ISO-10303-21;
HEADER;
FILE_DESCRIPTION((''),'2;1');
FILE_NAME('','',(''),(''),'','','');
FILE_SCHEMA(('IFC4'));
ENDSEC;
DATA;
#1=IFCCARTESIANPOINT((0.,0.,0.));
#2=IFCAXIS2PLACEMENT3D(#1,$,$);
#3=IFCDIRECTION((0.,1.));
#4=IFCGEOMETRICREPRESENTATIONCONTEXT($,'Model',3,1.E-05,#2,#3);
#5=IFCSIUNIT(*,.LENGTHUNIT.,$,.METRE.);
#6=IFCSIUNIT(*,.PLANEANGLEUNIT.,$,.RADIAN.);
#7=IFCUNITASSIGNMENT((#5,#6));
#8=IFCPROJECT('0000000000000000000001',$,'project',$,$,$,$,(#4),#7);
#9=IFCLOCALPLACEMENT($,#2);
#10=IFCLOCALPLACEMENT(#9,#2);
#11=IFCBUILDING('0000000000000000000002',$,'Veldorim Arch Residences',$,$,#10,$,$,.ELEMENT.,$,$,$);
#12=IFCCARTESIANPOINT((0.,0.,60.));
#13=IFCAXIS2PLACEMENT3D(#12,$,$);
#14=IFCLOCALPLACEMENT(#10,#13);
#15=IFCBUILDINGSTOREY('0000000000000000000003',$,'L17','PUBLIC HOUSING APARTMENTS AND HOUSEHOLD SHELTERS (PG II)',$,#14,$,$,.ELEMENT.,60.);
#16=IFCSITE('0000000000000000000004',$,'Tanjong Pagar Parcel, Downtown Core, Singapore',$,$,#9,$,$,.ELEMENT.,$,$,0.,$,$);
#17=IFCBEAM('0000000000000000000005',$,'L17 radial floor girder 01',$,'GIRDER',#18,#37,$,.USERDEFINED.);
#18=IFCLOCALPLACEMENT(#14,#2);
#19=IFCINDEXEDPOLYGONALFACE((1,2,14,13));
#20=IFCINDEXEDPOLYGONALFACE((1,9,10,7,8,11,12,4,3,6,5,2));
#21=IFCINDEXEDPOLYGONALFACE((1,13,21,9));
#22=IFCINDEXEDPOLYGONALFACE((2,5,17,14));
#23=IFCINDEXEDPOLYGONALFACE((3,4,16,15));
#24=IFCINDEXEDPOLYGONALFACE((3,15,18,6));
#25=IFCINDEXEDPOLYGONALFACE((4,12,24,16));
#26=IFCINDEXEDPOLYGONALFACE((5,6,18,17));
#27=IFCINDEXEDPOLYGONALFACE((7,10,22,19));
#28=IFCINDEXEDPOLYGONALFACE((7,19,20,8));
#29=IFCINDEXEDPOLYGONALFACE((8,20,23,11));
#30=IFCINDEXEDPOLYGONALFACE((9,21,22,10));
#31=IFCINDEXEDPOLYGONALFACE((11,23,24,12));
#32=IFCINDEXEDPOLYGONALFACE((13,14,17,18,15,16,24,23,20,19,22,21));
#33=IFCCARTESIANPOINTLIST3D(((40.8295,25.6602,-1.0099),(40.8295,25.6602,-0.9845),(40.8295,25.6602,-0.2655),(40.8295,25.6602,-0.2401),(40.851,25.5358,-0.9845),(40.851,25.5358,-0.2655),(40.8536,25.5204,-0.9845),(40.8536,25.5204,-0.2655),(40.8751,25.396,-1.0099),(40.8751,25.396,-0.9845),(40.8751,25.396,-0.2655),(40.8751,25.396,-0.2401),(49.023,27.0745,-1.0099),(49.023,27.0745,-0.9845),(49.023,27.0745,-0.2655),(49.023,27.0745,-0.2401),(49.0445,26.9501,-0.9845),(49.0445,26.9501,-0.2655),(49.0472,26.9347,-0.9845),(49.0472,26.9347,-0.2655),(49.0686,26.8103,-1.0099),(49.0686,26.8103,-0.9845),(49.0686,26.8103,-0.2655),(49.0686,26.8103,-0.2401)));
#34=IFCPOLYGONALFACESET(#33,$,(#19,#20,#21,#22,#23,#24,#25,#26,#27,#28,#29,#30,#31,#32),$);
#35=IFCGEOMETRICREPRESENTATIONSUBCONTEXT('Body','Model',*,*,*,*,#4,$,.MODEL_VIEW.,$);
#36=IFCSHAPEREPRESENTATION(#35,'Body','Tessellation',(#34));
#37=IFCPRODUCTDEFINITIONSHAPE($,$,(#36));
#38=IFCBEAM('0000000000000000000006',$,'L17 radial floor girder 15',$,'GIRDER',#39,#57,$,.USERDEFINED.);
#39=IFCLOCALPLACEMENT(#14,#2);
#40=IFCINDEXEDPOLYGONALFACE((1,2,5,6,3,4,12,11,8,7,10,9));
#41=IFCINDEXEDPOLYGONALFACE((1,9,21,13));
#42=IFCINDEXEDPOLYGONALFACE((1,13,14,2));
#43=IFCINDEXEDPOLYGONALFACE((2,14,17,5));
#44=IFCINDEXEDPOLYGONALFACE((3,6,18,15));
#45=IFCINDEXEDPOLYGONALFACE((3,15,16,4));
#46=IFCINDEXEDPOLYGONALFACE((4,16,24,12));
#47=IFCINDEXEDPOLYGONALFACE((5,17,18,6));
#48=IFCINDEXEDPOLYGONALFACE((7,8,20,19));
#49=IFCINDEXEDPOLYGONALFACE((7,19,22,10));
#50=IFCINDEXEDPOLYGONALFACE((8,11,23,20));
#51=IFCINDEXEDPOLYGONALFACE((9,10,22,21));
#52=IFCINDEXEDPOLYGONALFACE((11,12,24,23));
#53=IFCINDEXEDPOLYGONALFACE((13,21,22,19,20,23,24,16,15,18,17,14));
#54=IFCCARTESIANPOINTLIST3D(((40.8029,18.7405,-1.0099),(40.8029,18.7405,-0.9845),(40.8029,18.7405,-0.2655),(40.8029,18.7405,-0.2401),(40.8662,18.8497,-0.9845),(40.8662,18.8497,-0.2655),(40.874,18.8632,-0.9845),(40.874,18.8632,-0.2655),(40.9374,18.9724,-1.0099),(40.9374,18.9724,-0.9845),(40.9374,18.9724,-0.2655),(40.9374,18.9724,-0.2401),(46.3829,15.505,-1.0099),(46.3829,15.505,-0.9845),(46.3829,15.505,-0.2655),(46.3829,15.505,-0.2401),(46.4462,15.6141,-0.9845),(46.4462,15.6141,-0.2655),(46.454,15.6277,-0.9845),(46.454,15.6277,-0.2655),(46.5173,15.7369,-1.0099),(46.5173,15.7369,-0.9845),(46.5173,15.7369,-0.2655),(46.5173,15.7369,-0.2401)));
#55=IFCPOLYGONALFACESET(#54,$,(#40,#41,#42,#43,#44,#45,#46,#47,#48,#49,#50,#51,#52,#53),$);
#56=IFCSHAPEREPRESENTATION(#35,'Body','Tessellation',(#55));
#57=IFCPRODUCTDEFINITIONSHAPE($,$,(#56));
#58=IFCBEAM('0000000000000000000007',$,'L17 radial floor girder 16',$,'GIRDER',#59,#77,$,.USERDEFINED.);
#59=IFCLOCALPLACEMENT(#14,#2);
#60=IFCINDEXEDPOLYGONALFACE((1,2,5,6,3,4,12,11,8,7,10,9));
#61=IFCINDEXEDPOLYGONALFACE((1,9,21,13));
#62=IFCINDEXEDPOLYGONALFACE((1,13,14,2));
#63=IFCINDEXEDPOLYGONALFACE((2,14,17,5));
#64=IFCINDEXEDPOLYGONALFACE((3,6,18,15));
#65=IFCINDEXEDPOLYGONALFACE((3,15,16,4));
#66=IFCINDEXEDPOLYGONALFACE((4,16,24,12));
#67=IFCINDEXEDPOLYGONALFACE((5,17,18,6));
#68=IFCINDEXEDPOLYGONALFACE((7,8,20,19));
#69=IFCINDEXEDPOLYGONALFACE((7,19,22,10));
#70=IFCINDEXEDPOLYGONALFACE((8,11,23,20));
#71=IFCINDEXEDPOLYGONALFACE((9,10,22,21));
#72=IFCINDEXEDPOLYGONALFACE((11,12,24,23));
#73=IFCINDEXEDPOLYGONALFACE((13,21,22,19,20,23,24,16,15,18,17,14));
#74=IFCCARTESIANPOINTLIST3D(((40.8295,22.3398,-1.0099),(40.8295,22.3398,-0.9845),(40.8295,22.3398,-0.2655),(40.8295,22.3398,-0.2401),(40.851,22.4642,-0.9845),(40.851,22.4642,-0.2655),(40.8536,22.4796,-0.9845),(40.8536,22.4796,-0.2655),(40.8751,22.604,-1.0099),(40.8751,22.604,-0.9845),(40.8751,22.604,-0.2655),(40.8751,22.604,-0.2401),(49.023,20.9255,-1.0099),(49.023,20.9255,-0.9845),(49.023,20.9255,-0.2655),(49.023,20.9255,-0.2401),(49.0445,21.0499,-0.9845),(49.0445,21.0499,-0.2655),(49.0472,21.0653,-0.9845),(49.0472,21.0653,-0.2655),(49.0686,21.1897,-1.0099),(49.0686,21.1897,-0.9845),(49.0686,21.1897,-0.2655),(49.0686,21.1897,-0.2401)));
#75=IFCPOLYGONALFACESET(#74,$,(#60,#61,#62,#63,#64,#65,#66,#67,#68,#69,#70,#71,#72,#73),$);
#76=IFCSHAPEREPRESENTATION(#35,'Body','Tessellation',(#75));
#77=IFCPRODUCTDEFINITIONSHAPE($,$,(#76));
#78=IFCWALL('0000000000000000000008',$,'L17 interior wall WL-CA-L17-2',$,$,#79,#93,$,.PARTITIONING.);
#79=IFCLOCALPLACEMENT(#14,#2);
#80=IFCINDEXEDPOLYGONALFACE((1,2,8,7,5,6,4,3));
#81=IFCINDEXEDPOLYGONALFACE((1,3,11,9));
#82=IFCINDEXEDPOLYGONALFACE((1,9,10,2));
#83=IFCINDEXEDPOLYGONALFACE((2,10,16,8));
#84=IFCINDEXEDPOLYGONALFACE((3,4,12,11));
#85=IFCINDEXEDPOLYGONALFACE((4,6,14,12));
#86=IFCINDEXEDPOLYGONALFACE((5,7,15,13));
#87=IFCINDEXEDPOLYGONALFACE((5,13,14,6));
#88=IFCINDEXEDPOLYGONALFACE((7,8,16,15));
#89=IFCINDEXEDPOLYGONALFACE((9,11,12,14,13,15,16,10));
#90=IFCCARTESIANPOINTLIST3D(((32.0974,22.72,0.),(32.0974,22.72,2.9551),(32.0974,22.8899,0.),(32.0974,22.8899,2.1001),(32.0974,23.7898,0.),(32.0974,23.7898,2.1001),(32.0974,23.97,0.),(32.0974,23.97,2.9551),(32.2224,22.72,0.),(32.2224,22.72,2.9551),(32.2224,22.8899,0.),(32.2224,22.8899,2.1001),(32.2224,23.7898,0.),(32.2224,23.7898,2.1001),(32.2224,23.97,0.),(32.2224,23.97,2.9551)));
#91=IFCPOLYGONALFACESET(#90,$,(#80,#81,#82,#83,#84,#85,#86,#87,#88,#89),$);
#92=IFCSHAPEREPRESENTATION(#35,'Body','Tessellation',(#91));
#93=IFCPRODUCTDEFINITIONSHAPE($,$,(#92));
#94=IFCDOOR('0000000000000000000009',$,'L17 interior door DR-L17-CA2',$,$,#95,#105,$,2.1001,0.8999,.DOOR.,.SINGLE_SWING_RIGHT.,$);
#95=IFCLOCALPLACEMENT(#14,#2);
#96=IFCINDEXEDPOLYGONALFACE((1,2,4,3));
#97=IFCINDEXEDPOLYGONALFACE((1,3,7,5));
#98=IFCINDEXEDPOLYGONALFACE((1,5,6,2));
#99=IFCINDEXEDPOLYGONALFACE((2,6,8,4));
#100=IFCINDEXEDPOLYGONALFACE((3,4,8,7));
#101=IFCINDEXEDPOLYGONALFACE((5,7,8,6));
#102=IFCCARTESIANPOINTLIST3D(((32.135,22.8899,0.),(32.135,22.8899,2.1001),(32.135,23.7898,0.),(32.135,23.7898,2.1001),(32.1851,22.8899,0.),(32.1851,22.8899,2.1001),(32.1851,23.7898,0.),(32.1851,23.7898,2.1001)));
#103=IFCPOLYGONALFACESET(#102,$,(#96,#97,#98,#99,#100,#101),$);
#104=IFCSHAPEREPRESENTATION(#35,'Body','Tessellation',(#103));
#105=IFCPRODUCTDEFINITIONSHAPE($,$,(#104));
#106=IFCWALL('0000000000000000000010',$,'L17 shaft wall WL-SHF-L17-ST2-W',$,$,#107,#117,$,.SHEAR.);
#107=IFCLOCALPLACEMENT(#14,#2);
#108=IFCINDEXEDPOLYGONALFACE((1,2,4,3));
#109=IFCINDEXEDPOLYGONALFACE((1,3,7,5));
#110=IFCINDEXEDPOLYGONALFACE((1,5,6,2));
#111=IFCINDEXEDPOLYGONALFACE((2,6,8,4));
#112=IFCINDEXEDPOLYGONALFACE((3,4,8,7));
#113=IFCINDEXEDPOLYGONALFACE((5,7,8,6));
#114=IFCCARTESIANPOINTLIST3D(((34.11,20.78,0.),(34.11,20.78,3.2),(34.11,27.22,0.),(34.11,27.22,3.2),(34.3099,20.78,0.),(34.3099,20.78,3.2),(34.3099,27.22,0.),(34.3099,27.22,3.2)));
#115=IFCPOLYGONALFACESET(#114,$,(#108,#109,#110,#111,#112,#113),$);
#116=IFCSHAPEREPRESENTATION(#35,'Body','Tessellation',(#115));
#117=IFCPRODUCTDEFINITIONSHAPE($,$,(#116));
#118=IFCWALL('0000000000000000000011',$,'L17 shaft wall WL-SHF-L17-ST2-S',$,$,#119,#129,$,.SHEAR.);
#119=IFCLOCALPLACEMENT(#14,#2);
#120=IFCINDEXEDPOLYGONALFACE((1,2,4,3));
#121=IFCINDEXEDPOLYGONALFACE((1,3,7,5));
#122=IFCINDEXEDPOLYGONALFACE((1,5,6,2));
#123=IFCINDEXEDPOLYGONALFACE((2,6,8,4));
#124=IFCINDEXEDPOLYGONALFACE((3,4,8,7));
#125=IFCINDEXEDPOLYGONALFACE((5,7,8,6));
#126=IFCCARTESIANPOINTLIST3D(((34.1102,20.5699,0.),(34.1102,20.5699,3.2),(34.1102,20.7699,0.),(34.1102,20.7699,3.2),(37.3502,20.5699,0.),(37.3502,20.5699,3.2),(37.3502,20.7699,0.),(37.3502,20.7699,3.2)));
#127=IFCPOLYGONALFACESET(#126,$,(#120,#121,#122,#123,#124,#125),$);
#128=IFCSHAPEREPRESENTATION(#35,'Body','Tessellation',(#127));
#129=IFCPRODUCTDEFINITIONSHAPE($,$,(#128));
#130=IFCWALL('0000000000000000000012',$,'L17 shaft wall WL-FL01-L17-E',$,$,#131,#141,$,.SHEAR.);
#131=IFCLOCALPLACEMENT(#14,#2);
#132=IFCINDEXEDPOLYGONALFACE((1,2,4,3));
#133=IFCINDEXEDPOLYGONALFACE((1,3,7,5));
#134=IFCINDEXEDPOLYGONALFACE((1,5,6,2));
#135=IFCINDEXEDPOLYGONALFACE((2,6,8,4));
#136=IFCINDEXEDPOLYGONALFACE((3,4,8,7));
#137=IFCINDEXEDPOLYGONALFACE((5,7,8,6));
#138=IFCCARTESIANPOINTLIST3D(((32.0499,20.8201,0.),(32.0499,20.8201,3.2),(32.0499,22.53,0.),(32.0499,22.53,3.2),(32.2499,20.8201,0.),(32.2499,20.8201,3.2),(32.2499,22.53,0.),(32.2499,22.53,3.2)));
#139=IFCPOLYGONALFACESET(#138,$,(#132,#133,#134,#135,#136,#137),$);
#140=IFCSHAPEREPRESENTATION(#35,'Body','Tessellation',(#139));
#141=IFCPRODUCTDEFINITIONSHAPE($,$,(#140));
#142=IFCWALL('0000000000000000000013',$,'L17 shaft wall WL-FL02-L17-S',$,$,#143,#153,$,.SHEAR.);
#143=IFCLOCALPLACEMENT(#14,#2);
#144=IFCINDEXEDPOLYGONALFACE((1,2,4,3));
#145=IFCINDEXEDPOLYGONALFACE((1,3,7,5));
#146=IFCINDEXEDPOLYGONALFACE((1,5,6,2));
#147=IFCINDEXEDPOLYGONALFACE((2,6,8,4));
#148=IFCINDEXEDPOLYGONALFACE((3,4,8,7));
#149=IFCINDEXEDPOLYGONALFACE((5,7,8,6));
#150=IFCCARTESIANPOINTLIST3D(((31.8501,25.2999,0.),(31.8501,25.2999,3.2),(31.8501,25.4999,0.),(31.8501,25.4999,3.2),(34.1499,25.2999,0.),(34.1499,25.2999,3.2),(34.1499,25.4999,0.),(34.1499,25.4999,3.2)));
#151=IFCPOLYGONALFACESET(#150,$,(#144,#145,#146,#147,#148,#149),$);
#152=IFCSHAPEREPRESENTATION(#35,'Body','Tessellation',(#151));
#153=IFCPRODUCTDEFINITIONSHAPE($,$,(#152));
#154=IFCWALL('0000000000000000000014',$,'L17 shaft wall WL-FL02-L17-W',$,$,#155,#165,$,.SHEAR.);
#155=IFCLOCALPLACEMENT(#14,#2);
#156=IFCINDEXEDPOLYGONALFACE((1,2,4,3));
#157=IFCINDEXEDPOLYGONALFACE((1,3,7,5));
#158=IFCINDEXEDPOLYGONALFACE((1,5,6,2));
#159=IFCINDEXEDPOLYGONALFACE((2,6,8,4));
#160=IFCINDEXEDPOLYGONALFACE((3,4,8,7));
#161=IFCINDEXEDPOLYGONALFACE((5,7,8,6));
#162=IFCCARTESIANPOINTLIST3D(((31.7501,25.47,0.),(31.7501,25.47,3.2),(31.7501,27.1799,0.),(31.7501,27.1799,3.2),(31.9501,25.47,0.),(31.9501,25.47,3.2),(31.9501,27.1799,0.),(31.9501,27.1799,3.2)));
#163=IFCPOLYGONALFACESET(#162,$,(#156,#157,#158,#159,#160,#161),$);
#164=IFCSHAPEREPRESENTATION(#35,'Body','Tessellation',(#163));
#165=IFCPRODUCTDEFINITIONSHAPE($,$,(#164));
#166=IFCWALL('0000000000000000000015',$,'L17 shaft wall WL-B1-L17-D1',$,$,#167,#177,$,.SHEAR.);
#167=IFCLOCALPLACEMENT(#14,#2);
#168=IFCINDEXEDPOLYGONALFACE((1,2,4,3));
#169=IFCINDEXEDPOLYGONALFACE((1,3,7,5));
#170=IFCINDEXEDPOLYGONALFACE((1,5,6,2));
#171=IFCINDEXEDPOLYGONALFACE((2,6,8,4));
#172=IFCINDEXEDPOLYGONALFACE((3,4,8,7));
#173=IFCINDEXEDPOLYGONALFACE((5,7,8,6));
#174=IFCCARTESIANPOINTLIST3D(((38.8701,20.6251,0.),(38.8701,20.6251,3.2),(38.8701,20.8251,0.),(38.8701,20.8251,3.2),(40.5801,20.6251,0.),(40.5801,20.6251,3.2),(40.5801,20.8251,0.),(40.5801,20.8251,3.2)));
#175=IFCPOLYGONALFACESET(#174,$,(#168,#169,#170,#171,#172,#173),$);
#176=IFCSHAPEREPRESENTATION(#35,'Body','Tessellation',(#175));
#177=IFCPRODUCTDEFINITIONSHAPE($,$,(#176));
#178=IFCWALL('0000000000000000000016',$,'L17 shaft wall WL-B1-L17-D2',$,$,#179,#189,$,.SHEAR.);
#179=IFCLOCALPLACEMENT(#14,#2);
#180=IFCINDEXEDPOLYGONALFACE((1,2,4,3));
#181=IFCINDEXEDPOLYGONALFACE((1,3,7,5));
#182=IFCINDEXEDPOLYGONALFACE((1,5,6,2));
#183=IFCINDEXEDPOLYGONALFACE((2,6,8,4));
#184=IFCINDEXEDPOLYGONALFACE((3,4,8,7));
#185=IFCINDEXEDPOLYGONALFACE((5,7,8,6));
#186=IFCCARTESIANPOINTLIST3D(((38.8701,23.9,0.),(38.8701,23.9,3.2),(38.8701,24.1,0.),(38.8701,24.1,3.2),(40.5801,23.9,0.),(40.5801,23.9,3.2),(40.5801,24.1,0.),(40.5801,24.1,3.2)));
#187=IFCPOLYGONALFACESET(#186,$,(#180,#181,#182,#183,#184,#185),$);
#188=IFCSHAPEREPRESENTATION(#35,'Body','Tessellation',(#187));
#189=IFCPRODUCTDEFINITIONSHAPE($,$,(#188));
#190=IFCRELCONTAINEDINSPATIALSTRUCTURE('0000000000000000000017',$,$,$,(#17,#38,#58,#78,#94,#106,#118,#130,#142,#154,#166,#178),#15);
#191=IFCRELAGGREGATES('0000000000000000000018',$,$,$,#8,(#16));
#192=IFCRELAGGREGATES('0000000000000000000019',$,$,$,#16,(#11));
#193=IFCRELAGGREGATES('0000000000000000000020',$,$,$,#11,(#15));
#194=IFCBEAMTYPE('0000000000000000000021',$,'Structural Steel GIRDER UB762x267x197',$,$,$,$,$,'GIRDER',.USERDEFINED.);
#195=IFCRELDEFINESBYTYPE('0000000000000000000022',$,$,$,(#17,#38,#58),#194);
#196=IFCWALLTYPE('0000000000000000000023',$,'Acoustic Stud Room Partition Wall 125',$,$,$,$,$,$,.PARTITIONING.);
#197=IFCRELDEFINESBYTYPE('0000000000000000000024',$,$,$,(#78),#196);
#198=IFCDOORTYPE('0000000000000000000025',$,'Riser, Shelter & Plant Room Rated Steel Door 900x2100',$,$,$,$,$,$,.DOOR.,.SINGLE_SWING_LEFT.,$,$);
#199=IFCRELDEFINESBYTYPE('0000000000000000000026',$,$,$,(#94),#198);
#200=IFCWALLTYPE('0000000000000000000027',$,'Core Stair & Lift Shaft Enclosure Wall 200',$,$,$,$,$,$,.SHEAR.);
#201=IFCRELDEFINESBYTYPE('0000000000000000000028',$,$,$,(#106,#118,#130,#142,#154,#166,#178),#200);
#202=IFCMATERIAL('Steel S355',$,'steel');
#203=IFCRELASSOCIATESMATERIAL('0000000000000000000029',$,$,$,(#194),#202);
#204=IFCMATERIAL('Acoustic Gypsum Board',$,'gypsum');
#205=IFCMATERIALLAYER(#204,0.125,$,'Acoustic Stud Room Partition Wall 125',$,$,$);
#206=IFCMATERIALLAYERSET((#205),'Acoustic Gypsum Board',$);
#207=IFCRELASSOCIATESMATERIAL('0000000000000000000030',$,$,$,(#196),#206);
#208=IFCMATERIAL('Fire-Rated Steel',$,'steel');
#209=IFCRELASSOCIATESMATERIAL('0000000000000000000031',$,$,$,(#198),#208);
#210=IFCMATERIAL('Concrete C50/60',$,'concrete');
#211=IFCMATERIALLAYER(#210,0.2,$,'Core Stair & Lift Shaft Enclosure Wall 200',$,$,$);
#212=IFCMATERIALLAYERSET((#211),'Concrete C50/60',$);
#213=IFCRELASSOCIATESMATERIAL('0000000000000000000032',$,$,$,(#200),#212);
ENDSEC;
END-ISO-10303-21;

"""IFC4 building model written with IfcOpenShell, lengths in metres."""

from ifc_helpers import new_model, si_unit, direction, frame, frame_2d, origin, origin_2d, place, context, subcontext, project, spatial, rectangle, i_section, extrude, material, layer, layer_set, material_profile, profile_set, type_object, element, fill, save


model = new_model("IFC4")

# Units and contexts
model_context = context("Model", 3, precision=1e-05, world=origin(), true_north=direction((0.0, 1.0)))
body_context = subcontext(model_context, "Body", "Model", "MODEL_VIEW")
ifc_project = project(units=[si_unit("LENGTHUNIT", "METRE"), si_unit("PLANEANGLEUNIT", "RADIAN")], contexts=[model_context])

# Site, building, storey
site_placement = place(None, origin())
site = spatial("IfcSite", under=ifc_project, at=site_placement, Name="Tanjong Pagar Parcel, Downtown Core, Singapore", CompositionType="ELEMENT", RefElevation=0.0)
building_placement = place(site_placement, origin())
building = spatial("IfcBuilding", under=site, at=building_placement, Name="Veldorim Arch Residences", CompositionType="ELEMENT")
storey_placement = place(building_placement, frame((0.0, 0.0, 60.0)))
storey = spatial("IfcBuildingStorey", under=building, at=storey_placement, Name="L17", Description="PUBLIC HOUSING APARTMENTS AND HOUSEHOLD SHELTERS (PG II)", CompositionType="ELEMENT", Elevation=60.0)

# Beams
ifc_material_1 = material(Name="Steel S355", Category="steel")
ifc_material_profile = material_profile(ifc_material_1, i_section(OverallWidth=0.2681, OverallDepth=0.7698, WebThickness=0.0156, FlangeThickness=0.0254, at=origin_2d()), Name="UB762x267x197")
ifc_profile_set = profile_set([ifc_material_profile], Name="Steel S355")
beam_type = type_object("IfcBeamType", Name="Structural Steel GIRDER UB762x267x197", ElementType="GIRDER", PredefinedType="USERDEFINED", material=ifc_profile_set)
beam_1_placement = place(storey_placement, frame((40.8523, 25.5281, -0.625), z_axis=(0.985428, 0.170096, 0.0), x_axis=(-0.170096, 0.985428, 0.0)))
element("IfcBeam", 1, at=beam_1_placement, inside=storey, type_object=beam_type, Name="L17 radial floor girder 01", ObjectType="GIRDER", PredefinedType="USERDEFINED", context=body_context, shape_type="SweptSolid", body=[
    extrude(i_section(OverallWidth=0.2681, OverallDepth=0.7698, WebThickness=0.0156, FlangeThickness=0.0254, at=origin_2d()), origin(), (0.0, 0.0, 1.0), 8.3147),
])
beam_2_placement = place(storey_placement, frame((40.8701, 18.8564, -0.625), z_axis=(0.865088, -0.50162, 0.0), x_axis=(0.50162, 0.865088, 0.0)))
element("IfcBeam", 2, at=beam_2_placement, inside=storey, type_object=beam_type, Name="L17 radial floor girder 15", ObjectType="GIRDER", PredefinedType="USERDEFINED", context=body_context, shape_type="SweptSolid", body=[
    extrude(i_section(OverallWidth=0.2681, OverallDepth=0.7698, WebThickness=0.0156, FlangeThickness=0.0254, at=origin_2d()), origin(), (0.0, 0.0, 1.0), 6.4502),
])
beam_3_placement = place(storey_placement, frame((40.8523, 22.4719, -0.625), z_axis=(0.985428, -0.170096, 0.0), x_axis=(0.170096, 0.985428, 0.0)))
element("IfcBeam", 3, at=beam_3_placement, inside=storey, type_object=beam_type, Name="L17 radial floor girder 16", ObjectType="GIRDER", PredefinedType="USERDEFINED", context=body_context, shape_type="SweptSolid", body=[
    extrude(i_section(OverallWidth=0.2681, OverallDepth=0.7698, WebThickness=0.0156, FlangeThickness=0.0254, at=origin_2d()), origin(), (0.0, 0.0, 1.0), 8.3147),
])

# Wall, opening, door
ifc_material_2 = material(Name="Acoustic Gypsum Board", Category="gypsum")
ifc_layer_1 = layer(ifc_material_2, 0.125, Name="Acoustic Stud Room Partition Wall 125")
ifc_layer_set_1 = layer_set([ifc_layer_1], Name="Acoustic Gypsum Board")
wall_type_1 = type_object("IfcWallType", Name="Acoustic Stud Room Partition Wall 125", PredefinedType="PARTITIONING", material=ifc_layer_set_1)
wall_1_placement = place(storey_placement, frame((32.1599, 22.72, 0.0), z_axis=(0.0, 0.0, 1.0), x_axis=(0.0, 1.0, 0.0)))
wall_1 = element("IfcWall", 4, at=wall_1_placement, inside=storey, type_object=wall_type_1, Name="L17 interior wall WL-CA-L17-2", PredefinedType="PARTITIONING", context=body_context, shape_type="SweptSolid", body=[
    extrude(rectangle(XDim=1.25, YDim=0.125, at=frame_2d((0.625, 0.0))), origin(), (0.0, 0.0, 1.0), 2.9551),
])
opening_placement = place(wall_1_placement, frame((0.1699, 0.0, 0.0)))
opening = element("IfcOpeningElement", 5, at=opening_placement, cuts=wall_1, PredefinedType="OPENING", context=body_context, shape_type="SweptSolid", body=[
    extrude(rectangle(XDim=0.8999, YDim=2.1001, at=frame_2d((0.45, 1.05))), frame((0.0, 0.0725, 0.0), z_axis=(0.0, -1.0, 0.0), x_axis=(1.0, 0.0, 0.0)), (0.0, 0.0, 1.0), 0.145),
])
ifc_material_3 = material(Name="Fire-Rated Steel", Category="steel")
door_type = type_object("IfcDoorType", Name="Riser, Shelter & Plant Room Rated Steel Door 900x2100", OperationType="SINGLE_SWING_LEFT", PredefinedType="DOOR", material=ifc_material_3)
door_placement = place(opening_placement, origin())
door = element("IfcDoor", 6, at=door_placement, inside=storey, type_object=door_type, Name="L17 interior door DR-L17-CA2", OperationType="SINGLE_SWING_RIGHT", OverallHeight=2.1001, OverallWidth=0.8999, PredefinedType="DOOR", context=body_context, shape_type="SweptSolid", body=[
    extrude(rectangle(XDim=0.8999, YDim=2.1001, at=frame_2d((0.45, 1.05))), frame((0.0, 0.0249, 0.0), z_axis=(0.0, -1.0, 0.0), x_axis=(1.0, 0.0, 0.0)), (0.0, 0.0, 1.0), 0.05),
])
fill(opening, door)

# Walls
ifc_material_4 = material(Name="Concrete C50/60", Category="concrete")
ifc_layer_2 = layer(ifc_material_4, 0.2, Name="Core Stair & Lift Shaft Enclosure Wall 200")
ifc_layer_set_2 = layer_set([ifc_layer_2], Name="Concrete C50/60")
wall_type_2 = type_object("IfcWallType", Name="Core Stair & Lift Shaft Enclosure Wall 200", PredefinedType="SHEAR", material=ifc_layer_set_2)
wall_2_placement = place(storey_placement, frame((34.21, 20.78, 0.0), z_axis=(0.0, 0.0, 1.0), x_axis=(0.0, 1.0, 0.0)))
element("IfcWall", 7, at=wall_2_placement, inside=storey, type_object=wall_type_2, Name="L17 shaft wall WL-SHF-L17-ST2-W", PredefinedType="SHEAR", context=body_context, shape_type="SweptSolid", body=[
    extrude(rectangle(XDim=6.4399, YDim=0.2, at=frame_2d((3.22, 0.0))), origin(), (0.0, 0.0, 1.0), 3.2),
])
wall_3_placement = place(storey_placement, frame((34.1101, 20.6699, 0.0), z_axis=(0.0, 0.0, 1.0), x_axis=(1.0, 0.0, 0.0)))
element("IfcWall", 8, at=wall_3_placement, inside=storey, type_object=wall_type_2, Name="L17 shaft wall WL-SHF-L17-ST2-S", PredefinedType="SHEAR", context=body_context, shape_type="SweptSolid", body=[
    extrude(rectangle(XDim=3.24, YDim=0.2, at=frame_2d((1.6201, 0.0))), origin(), (0.0, 0.0, 1.0), 3.2),
])
wall_4_placement = place(storey_placement, frame((32.1499, 20.8201, 0.0), z_axis=(0.0, 0.0, 1.0), x_axis=(0.0, 1.0, 0.0)))
element("IfcWall", 9, at=wall_4_placement, inside=storey, type_object=wall_type_2, Name="L17 shaft wall WL-FL01-L17-E", PredefinedType="SHEAR", context=body_context, shape_type="SweptSolid", body=[
    extrude(rectangle(XDim=1.71, YDim=0.2, at=frame_2d((0.855, 0.0))), origin(), (0.0, 0.0, 1.0), 3.2),
])
wall_5_placement = place(storey_placement, frame((31.8501, 25.3999, 0.0), z_axis=(0.0, 0.0, 1.0), x_axis=(1.0, 0.0, 0.0)))
element("IfcWall", 10, at=wall_5_placement, inside=storey, type_object=wall_type_2, Name="L17 shaft wall WL-FL02-L17-S", PredefinedType="SHEAR", context=body_context, shape_type="SweptSolid", body=[
    extrude(rectangle(XDim=2.2998, YDim=0.2, at=frame_2d((1.1499, 0.0))), origin(), (0.0, 0.0, 1.0), 3.2),
])
for number, where, z_axis, x_axis, name in (
    (11, (31.8501, 25.47, 0.0), (0.0, 0.0, 1.0), (0.0, 1.0, 0.0), "L17 shaft wall WL-FL02-L17-W"),
    (12, (38.8701, 20.7251, 0.0), (0.0, 0.0, 1.0), (1.0, 0.0, 0.0), "L17 shaft wall WL-B1-L17-D1"),
    (13, (38.8701, 24.0, 0.0), (0.0, 0.0, 1.0), (1.0, 0.0, 0.0), "L17 shaft wall WL-B1-L17-D2"),
):
    element("IfcWall", number, at=place(storey_placement, frame(where, z_axis=z_axis, x_axis=x_axis)), inside=storey, type_object=wall_type_2, Name=name, PredefinedType="SHEAR", context=body_context, shape_type="SweptSolid", body=[
        extrude(rectangle(XDim=1.71, YDim=0.2, at=frame_2d((0.855, 0.0))), origin(), (0.0, 0.0, 1.0), 3.2),
    ])

save(model, "model.ifc")
